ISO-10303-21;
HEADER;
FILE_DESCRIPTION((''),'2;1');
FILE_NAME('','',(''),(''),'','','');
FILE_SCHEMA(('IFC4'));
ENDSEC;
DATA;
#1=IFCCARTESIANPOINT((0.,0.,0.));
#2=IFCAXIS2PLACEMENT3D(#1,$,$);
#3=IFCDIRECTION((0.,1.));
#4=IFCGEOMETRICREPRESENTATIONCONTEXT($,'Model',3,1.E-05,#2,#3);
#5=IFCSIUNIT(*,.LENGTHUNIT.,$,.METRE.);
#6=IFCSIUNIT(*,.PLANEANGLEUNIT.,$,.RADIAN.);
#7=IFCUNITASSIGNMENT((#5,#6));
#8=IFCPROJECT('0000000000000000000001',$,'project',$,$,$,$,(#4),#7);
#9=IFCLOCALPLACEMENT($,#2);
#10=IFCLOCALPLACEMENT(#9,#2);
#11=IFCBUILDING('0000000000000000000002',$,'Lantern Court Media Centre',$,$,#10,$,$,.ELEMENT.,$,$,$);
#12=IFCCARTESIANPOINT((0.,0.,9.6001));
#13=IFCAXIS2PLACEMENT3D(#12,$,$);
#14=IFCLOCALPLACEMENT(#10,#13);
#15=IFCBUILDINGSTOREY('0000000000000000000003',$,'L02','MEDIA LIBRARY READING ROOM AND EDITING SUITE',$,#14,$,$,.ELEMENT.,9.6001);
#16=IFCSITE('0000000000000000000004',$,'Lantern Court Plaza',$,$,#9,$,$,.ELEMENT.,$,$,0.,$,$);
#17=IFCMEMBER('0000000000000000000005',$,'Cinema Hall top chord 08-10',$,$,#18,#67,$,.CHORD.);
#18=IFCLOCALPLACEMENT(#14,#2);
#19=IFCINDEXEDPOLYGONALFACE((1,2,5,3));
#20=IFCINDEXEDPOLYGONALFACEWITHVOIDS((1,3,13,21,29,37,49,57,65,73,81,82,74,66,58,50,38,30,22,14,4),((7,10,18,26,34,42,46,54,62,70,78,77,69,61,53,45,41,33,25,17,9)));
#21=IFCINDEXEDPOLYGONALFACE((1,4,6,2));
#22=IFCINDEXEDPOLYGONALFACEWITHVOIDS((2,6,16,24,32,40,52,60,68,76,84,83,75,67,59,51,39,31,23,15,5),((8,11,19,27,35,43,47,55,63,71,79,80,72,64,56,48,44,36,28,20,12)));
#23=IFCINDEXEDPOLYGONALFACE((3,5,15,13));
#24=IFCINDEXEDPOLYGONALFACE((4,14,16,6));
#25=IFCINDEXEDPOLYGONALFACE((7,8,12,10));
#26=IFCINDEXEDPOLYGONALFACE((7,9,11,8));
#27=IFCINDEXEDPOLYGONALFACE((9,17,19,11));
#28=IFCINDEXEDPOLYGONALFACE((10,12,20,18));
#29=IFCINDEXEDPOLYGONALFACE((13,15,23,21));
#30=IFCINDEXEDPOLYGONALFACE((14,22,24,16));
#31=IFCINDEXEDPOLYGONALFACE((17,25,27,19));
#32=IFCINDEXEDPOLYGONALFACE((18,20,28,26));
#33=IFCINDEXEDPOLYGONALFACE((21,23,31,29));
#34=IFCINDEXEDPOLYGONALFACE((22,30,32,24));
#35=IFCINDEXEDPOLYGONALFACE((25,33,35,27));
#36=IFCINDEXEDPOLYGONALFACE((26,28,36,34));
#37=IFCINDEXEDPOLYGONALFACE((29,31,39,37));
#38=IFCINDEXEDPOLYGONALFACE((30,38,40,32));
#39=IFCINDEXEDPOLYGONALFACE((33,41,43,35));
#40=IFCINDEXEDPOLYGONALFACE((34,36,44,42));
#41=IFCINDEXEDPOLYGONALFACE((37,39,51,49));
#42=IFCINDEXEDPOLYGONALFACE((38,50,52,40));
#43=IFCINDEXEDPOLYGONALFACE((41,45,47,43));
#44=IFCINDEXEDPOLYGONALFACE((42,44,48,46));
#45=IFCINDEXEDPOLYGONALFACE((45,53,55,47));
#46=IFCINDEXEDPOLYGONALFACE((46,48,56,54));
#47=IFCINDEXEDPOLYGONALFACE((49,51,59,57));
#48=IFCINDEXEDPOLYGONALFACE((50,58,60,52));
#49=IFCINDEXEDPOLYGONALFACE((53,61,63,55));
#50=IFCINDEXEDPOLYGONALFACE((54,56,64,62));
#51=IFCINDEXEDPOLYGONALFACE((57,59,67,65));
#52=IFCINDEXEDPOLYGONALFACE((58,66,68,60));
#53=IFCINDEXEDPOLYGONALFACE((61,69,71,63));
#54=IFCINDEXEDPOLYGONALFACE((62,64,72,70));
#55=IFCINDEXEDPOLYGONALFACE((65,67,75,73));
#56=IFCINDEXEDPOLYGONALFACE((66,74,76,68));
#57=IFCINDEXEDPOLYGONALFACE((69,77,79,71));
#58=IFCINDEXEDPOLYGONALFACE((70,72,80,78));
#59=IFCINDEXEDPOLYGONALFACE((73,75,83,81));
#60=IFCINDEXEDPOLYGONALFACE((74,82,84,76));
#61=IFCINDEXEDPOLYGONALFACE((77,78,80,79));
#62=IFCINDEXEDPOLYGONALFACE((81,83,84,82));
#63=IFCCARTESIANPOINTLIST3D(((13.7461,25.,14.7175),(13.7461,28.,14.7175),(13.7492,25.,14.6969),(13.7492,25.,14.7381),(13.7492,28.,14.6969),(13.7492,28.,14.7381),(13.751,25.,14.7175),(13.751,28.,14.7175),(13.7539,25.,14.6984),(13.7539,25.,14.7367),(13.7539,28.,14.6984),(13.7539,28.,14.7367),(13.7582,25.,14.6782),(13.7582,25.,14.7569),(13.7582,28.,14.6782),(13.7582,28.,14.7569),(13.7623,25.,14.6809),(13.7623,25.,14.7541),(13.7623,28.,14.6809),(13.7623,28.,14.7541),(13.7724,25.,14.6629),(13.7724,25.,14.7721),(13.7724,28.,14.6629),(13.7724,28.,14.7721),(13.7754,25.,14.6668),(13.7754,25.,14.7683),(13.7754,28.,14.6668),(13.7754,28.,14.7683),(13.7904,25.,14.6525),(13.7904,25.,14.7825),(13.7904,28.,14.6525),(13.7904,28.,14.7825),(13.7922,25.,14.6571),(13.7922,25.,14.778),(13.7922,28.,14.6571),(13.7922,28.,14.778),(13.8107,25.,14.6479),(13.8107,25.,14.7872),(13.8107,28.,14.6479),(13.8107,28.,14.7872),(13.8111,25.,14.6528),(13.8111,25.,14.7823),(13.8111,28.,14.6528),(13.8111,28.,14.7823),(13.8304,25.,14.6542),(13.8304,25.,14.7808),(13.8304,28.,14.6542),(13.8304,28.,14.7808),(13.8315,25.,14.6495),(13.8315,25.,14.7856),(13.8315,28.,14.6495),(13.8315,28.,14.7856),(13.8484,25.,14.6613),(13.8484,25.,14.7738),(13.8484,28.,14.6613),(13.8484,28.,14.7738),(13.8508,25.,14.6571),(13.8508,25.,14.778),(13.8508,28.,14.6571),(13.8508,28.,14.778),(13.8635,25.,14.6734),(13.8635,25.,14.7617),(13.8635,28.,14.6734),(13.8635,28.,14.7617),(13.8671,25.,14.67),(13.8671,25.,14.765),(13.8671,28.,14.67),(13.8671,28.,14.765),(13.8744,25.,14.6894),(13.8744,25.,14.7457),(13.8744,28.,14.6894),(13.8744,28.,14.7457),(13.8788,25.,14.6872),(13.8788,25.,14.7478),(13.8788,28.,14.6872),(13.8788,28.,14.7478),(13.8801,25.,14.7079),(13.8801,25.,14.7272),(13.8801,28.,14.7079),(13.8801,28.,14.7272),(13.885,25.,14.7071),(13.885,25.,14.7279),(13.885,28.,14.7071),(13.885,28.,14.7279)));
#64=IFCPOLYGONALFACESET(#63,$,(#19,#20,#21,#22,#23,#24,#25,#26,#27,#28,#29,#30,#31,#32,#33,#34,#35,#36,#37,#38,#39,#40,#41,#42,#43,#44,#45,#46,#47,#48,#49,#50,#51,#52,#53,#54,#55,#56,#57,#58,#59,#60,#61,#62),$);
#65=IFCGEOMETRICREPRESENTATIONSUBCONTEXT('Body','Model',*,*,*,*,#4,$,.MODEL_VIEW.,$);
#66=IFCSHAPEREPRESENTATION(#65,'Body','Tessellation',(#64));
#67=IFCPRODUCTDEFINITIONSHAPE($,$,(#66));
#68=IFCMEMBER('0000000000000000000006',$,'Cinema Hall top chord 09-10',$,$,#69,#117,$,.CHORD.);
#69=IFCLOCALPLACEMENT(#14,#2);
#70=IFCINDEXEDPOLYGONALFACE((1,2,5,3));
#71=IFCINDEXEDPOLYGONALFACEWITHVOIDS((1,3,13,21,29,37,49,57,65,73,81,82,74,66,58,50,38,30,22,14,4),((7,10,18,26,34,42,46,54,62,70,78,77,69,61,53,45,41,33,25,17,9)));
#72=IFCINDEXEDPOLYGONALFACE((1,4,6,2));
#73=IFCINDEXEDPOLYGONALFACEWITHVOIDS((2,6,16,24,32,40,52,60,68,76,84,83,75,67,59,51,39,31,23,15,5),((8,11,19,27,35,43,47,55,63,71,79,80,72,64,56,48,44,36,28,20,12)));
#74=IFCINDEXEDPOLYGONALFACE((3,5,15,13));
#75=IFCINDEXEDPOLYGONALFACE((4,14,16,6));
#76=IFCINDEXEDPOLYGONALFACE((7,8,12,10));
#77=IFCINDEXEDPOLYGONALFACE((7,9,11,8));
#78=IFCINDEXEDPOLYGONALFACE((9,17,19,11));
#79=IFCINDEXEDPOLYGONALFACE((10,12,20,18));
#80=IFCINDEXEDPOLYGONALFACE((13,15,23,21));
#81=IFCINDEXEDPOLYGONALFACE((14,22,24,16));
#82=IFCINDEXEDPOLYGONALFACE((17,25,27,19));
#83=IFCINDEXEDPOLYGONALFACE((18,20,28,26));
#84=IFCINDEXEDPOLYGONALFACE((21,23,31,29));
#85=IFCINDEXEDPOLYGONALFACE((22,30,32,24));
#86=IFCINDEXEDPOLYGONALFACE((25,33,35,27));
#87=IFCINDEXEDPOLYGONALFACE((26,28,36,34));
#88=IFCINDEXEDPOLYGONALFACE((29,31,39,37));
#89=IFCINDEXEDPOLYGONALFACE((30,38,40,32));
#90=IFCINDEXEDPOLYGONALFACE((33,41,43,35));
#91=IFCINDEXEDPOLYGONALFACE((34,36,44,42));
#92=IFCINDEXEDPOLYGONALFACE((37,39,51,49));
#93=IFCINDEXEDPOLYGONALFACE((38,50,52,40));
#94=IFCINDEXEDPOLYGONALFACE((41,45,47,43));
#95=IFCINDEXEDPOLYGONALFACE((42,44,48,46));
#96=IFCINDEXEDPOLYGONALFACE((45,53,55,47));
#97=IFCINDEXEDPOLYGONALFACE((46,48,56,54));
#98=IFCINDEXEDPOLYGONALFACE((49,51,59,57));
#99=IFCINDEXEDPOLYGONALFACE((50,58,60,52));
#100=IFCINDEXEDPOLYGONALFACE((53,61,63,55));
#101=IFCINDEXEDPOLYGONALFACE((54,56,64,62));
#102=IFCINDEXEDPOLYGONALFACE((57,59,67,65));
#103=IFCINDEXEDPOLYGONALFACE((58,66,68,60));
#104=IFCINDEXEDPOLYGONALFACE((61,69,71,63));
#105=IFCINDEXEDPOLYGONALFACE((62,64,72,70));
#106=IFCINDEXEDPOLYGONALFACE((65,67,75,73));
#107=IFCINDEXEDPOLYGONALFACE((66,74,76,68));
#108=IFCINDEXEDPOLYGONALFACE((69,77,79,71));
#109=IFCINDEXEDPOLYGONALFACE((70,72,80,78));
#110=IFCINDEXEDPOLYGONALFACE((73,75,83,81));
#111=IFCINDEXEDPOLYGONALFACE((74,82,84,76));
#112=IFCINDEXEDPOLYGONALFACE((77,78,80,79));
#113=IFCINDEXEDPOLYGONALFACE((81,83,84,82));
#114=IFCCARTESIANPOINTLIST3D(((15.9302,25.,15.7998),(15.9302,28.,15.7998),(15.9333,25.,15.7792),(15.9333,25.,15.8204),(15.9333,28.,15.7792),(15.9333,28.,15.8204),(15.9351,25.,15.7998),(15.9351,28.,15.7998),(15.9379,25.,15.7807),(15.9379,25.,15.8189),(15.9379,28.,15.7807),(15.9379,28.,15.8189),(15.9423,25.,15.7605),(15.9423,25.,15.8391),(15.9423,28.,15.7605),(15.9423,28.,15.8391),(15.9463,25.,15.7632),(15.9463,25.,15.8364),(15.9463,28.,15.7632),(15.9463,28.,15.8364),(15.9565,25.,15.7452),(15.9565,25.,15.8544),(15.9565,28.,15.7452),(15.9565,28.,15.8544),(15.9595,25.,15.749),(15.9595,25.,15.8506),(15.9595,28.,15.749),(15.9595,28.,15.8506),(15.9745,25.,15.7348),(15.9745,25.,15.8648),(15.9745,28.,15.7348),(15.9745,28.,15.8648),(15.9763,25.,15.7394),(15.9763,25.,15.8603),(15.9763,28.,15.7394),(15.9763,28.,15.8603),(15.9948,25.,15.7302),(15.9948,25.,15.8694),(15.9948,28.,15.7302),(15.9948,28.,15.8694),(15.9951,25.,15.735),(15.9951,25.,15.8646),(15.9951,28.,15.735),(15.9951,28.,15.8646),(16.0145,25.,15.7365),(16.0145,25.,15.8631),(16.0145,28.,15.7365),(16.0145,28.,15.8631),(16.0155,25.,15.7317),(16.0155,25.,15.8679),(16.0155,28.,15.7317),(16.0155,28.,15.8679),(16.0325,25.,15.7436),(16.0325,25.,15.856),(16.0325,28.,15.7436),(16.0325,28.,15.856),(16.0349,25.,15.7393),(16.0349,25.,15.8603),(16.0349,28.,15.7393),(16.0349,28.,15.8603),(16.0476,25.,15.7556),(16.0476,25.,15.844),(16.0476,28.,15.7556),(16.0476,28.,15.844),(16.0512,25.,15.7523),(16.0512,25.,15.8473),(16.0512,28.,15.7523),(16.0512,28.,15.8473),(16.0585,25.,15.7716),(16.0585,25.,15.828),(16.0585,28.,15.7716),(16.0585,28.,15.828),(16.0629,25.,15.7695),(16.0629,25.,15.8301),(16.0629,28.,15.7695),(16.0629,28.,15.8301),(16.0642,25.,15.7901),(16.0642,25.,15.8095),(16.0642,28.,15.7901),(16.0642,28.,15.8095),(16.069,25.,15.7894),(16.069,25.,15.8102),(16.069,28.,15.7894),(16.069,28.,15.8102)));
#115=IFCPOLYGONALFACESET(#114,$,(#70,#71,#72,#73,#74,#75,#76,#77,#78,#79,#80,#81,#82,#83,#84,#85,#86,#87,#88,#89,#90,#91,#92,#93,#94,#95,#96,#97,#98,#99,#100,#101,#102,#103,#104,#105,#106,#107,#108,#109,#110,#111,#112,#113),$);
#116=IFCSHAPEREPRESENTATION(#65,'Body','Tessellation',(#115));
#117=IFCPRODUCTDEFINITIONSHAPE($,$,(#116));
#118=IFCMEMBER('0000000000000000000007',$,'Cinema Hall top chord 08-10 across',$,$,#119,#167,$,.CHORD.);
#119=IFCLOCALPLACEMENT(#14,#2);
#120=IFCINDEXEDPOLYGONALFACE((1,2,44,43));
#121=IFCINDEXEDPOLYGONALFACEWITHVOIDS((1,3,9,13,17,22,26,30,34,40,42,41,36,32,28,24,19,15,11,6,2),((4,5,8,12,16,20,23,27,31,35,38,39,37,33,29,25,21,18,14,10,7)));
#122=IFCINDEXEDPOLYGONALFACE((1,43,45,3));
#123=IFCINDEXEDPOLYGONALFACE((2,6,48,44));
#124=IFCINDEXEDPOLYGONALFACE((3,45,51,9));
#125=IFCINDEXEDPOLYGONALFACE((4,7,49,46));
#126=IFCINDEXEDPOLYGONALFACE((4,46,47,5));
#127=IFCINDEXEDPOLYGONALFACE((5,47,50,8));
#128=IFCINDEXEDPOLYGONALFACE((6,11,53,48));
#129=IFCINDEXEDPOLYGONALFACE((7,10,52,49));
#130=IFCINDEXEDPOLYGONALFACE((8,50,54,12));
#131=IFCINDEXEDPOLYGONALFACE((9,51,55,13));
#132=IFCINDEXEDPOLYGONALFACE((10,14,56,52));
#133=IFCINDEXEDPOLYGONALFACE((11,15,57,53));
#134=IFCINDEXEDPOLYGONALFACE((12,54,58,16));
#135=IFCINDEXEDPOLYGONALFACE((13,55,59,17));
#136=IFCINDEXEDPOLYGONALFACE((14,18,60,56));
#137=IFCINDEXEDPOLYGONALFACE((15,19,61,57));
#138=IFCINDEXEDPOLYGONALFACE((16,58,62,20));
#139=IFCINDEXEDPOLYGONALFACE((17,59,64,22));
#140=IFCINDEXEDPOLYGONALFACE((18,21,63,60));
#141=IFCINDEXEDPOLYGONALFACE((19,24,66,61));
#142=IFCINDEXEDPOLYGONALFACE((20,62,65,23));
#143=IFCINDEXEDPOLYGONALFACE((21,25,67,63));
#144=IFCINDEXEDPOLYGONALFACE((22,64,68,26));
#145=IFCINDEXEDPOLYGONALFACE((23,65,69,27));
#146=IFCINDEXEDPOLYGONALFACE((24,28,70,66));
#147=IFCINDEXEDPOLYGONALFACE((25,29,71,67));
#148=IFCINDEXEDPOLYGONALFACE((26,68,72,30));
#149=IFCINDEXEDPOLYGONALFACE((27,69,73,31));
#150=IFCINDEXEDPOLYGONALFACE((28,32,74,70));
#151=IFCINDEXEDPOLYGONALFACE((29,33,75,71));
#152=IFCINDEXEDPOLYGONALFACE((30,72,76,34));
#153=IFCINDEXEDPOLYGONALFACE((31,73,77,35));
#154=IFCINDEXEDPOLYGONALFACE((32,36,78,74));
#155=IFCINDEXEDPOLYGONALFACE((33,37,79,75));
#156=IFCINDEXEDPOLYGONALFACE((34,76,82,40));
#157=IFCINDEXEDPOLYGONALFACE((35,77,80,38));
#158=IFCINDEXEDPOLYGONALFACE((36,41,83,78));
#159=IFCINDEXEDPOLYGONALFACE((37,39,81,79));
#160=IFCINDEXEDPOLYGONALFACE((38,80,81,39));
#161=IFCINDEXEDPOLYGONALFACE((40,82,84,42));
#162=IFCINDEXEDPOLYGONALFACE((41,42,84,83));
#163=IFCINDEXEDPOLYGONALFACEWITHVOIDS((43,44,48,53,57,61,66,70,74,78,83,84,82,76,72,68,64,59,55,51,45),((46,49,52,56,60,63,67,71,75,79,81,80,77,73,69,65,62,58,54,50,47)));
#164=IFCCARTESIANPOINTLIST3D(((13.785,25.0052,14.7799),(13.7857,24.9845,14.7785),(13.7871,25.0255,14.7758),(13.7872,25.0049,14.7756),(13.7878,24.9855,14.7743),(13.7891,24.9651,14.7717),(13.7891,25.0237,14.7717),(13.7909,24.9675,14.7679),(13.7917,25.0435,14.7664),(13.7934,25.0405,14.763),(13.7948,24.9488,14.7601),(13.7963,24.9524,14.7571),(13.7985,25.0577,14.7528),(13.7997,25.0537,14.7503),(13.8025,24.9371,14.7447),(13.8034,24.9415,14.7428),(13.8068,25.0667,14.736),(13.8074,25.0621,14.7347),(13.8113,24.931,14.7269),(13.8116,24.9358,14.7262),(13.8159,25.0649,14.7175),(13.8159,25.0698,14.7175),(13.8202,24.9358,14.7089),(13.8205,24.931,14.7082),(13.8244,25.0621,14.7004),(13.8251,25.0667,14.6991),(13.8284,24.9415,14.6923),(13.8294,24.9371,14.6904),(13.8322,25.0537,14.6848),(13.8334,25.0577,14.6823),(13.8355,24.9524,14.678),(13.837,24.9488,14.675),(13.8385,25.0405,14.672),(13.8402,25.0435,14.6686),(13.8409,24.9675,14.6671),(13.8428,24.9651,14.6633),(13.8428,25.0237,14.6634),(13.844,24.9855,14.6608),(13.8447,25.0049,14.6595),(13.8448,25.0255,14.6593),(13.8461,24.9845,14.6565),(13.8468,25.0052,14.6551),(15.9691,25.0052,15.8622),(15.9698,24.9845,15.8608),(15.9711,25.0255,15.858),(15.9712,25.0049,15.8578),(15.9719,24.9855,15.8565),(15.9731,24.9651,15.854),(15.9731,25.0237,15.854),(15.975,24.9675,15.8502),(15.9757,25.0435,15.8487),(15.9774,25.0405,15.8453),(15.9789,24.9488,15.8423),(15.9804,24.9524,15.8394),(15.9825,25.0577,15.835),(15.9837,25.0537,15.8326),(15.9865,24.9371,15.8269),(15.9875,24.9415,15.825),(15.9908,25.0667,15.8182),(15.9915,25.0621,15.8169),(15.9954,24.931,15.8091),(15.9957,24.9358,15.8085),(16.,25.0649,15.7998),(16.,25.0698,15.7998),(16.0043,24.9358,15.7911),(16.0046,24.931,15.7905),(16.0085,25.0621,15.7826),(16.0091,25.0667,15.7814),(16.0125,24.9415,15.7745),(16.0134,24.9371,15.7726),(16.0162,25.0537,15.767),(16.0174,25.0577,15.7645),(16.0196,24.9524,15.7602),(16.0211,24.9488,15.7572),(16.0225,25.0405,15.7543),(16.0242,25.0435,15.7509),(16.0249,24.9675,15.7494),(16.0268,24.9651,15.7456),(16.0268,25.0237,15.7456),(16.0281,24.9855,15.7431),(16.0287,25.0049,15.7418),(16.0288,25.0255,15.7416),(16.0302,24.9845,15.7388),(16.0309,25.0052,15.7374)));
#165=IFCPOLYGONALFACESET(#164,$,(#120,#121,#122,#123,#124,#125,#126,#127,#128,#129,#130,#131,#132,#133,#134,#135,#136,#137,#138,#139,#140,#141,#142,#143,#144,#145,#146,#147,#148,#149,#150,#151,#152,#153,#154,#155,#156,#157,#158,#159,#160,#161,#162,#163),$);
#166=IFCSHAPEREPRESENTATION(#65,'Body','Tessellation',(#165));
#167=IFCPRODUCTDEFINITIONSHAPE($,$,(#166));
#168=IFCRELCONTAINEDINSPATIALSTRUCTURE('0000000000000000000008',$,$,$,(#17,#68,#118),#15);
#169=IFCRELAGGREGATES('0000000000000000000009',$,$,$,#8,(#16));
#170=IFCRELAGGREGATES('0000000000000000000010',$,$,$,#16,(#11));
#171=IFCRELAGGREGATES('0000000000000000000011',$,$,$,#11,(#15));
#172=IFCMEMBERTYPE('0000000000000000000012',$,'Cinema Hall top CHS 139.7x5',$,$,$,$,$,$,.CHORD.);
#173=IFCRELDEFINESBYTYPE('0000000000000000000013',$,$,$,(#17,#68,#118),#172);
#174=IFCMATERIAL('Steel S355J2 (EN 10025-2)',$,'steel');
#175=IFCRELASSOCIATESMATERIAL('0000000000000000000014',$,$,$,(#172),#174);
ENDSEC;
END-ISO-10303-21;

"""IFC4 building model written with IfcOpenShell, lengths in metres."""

from ifc_helpers import new_model, si_unit, direction, frame, origin, origin_2d, place, context, subcontext, project, spatial, hollow_circle, extrude, material, material_profile, profile_set, type_object, element, save


model = new_model("IFC4")

# Units and contexts
model_context = context("Model", 3, precision=1e-05, world=origin(), true_north=direction((0.0, 1.0)))
body_context = subcontext(model_context, "Body", "Model", "MODEL_VIEW")
ifc_project = project(units=[si_unit("LENGTHUNIT", "METRE"), si_unit("PLANEANGLEUNIT", "RADIAN")], contexts=[model_context])

# Site, building, storey
site_placement = place(None, origin())
site = spatial("IfcSite", under=ifc_project, at=site_placement, Name="Lantern Court Plaza", CompositionType="ELEMENT", RefElevation=0.0)
building_placement = place(site_placement, origin())
building = spatial("IfcBuilding", under=site, at=building_placement, Name="Lantern Court Media Centre", CompositionType="ELEMENT")
storey_placement = place(building_placement, frame((0.0, 0.0, 9.6001)))
storey = spatial("IfcBuildingStorey", under=building, at=storey_placement, Name="L02", Description="MEDIA LIBRARY READING ROOM AND EDITING SUITE", CompositionType="ELEMENT", Elevation=9.6001)

# Members
ifc_material = material(Name="Steel S355J2 (EN 10025-2)", Category="steel")
ifc_material_profile_1 = material_profile(ifc_material, hollow_circle(Radius=0.0698, WallThickness=0.0049, at=origin_2d()), Name="Cinema Hall top CHS 139.7x5")
ifc_profile_set_1 = profile_set([ifc_material_profile_1], Name="Steel S355J2 (EN 10025-2)")
member_type_1 = type_object("IfcMemberType", Name="Cinema Hall top CHS 139.7x5", PredefinedType="CHORD", material=ifc_profile_set_1)
for number, where, z_axis, x_axis, name in (
    (1, (13.8159, 25.0, 14.7175), (0.0, 1.0, 0.0), (-1.0, 0.0, 0.0), "Cinema Hall top chord 08-10"),
    (2, (16.0, 25.0, 15.7998), (0.0, 1.0, 0.0), (-1.0, 0.0, 0.0), "Cinema Hall top chord 09-10"),
):
    element("IfcMember", number, at=place(storey_placement, frame(where, z_axis=z_axis, x_axis=x_axis)), inside=storey, type_object=member_type_1, Name=name, PredefinedType="CHORD", context=body_context, shape_type="SweptSolid", body=[
        extrude(hollow_circle(Radius=0.0698, WallThickness=0.0049, at=origin_2d()), origin(), (0.0, 0.0, 1.0), 3.0),
    ])
for number, where, z_axis, x_axis, name in (
    (3, (13.8159, 25.0, 14.7175), (0.896024, 0.0, 0.444006), (0.0, 1.0, 0.0), "Cinema Hall top chord 08-10 across"),
):
    element("IfcMember", number, at=place(storey_placement, frame(where, z_axis=z_axis, x_axis=x_axis)), inside=storey, type_object=member_type_1, Name=name, PredefinedType="CHORD", context=body_context, shape_type="SweptSolid", body=[
        extrude(hollow_circle(Radius=0.0698, WallThickness=0.0049, at=origin_2d()), origin(), (0.0, 0.0, 1.0), 2.4375),
    ])

save(model, "model.ifc")
